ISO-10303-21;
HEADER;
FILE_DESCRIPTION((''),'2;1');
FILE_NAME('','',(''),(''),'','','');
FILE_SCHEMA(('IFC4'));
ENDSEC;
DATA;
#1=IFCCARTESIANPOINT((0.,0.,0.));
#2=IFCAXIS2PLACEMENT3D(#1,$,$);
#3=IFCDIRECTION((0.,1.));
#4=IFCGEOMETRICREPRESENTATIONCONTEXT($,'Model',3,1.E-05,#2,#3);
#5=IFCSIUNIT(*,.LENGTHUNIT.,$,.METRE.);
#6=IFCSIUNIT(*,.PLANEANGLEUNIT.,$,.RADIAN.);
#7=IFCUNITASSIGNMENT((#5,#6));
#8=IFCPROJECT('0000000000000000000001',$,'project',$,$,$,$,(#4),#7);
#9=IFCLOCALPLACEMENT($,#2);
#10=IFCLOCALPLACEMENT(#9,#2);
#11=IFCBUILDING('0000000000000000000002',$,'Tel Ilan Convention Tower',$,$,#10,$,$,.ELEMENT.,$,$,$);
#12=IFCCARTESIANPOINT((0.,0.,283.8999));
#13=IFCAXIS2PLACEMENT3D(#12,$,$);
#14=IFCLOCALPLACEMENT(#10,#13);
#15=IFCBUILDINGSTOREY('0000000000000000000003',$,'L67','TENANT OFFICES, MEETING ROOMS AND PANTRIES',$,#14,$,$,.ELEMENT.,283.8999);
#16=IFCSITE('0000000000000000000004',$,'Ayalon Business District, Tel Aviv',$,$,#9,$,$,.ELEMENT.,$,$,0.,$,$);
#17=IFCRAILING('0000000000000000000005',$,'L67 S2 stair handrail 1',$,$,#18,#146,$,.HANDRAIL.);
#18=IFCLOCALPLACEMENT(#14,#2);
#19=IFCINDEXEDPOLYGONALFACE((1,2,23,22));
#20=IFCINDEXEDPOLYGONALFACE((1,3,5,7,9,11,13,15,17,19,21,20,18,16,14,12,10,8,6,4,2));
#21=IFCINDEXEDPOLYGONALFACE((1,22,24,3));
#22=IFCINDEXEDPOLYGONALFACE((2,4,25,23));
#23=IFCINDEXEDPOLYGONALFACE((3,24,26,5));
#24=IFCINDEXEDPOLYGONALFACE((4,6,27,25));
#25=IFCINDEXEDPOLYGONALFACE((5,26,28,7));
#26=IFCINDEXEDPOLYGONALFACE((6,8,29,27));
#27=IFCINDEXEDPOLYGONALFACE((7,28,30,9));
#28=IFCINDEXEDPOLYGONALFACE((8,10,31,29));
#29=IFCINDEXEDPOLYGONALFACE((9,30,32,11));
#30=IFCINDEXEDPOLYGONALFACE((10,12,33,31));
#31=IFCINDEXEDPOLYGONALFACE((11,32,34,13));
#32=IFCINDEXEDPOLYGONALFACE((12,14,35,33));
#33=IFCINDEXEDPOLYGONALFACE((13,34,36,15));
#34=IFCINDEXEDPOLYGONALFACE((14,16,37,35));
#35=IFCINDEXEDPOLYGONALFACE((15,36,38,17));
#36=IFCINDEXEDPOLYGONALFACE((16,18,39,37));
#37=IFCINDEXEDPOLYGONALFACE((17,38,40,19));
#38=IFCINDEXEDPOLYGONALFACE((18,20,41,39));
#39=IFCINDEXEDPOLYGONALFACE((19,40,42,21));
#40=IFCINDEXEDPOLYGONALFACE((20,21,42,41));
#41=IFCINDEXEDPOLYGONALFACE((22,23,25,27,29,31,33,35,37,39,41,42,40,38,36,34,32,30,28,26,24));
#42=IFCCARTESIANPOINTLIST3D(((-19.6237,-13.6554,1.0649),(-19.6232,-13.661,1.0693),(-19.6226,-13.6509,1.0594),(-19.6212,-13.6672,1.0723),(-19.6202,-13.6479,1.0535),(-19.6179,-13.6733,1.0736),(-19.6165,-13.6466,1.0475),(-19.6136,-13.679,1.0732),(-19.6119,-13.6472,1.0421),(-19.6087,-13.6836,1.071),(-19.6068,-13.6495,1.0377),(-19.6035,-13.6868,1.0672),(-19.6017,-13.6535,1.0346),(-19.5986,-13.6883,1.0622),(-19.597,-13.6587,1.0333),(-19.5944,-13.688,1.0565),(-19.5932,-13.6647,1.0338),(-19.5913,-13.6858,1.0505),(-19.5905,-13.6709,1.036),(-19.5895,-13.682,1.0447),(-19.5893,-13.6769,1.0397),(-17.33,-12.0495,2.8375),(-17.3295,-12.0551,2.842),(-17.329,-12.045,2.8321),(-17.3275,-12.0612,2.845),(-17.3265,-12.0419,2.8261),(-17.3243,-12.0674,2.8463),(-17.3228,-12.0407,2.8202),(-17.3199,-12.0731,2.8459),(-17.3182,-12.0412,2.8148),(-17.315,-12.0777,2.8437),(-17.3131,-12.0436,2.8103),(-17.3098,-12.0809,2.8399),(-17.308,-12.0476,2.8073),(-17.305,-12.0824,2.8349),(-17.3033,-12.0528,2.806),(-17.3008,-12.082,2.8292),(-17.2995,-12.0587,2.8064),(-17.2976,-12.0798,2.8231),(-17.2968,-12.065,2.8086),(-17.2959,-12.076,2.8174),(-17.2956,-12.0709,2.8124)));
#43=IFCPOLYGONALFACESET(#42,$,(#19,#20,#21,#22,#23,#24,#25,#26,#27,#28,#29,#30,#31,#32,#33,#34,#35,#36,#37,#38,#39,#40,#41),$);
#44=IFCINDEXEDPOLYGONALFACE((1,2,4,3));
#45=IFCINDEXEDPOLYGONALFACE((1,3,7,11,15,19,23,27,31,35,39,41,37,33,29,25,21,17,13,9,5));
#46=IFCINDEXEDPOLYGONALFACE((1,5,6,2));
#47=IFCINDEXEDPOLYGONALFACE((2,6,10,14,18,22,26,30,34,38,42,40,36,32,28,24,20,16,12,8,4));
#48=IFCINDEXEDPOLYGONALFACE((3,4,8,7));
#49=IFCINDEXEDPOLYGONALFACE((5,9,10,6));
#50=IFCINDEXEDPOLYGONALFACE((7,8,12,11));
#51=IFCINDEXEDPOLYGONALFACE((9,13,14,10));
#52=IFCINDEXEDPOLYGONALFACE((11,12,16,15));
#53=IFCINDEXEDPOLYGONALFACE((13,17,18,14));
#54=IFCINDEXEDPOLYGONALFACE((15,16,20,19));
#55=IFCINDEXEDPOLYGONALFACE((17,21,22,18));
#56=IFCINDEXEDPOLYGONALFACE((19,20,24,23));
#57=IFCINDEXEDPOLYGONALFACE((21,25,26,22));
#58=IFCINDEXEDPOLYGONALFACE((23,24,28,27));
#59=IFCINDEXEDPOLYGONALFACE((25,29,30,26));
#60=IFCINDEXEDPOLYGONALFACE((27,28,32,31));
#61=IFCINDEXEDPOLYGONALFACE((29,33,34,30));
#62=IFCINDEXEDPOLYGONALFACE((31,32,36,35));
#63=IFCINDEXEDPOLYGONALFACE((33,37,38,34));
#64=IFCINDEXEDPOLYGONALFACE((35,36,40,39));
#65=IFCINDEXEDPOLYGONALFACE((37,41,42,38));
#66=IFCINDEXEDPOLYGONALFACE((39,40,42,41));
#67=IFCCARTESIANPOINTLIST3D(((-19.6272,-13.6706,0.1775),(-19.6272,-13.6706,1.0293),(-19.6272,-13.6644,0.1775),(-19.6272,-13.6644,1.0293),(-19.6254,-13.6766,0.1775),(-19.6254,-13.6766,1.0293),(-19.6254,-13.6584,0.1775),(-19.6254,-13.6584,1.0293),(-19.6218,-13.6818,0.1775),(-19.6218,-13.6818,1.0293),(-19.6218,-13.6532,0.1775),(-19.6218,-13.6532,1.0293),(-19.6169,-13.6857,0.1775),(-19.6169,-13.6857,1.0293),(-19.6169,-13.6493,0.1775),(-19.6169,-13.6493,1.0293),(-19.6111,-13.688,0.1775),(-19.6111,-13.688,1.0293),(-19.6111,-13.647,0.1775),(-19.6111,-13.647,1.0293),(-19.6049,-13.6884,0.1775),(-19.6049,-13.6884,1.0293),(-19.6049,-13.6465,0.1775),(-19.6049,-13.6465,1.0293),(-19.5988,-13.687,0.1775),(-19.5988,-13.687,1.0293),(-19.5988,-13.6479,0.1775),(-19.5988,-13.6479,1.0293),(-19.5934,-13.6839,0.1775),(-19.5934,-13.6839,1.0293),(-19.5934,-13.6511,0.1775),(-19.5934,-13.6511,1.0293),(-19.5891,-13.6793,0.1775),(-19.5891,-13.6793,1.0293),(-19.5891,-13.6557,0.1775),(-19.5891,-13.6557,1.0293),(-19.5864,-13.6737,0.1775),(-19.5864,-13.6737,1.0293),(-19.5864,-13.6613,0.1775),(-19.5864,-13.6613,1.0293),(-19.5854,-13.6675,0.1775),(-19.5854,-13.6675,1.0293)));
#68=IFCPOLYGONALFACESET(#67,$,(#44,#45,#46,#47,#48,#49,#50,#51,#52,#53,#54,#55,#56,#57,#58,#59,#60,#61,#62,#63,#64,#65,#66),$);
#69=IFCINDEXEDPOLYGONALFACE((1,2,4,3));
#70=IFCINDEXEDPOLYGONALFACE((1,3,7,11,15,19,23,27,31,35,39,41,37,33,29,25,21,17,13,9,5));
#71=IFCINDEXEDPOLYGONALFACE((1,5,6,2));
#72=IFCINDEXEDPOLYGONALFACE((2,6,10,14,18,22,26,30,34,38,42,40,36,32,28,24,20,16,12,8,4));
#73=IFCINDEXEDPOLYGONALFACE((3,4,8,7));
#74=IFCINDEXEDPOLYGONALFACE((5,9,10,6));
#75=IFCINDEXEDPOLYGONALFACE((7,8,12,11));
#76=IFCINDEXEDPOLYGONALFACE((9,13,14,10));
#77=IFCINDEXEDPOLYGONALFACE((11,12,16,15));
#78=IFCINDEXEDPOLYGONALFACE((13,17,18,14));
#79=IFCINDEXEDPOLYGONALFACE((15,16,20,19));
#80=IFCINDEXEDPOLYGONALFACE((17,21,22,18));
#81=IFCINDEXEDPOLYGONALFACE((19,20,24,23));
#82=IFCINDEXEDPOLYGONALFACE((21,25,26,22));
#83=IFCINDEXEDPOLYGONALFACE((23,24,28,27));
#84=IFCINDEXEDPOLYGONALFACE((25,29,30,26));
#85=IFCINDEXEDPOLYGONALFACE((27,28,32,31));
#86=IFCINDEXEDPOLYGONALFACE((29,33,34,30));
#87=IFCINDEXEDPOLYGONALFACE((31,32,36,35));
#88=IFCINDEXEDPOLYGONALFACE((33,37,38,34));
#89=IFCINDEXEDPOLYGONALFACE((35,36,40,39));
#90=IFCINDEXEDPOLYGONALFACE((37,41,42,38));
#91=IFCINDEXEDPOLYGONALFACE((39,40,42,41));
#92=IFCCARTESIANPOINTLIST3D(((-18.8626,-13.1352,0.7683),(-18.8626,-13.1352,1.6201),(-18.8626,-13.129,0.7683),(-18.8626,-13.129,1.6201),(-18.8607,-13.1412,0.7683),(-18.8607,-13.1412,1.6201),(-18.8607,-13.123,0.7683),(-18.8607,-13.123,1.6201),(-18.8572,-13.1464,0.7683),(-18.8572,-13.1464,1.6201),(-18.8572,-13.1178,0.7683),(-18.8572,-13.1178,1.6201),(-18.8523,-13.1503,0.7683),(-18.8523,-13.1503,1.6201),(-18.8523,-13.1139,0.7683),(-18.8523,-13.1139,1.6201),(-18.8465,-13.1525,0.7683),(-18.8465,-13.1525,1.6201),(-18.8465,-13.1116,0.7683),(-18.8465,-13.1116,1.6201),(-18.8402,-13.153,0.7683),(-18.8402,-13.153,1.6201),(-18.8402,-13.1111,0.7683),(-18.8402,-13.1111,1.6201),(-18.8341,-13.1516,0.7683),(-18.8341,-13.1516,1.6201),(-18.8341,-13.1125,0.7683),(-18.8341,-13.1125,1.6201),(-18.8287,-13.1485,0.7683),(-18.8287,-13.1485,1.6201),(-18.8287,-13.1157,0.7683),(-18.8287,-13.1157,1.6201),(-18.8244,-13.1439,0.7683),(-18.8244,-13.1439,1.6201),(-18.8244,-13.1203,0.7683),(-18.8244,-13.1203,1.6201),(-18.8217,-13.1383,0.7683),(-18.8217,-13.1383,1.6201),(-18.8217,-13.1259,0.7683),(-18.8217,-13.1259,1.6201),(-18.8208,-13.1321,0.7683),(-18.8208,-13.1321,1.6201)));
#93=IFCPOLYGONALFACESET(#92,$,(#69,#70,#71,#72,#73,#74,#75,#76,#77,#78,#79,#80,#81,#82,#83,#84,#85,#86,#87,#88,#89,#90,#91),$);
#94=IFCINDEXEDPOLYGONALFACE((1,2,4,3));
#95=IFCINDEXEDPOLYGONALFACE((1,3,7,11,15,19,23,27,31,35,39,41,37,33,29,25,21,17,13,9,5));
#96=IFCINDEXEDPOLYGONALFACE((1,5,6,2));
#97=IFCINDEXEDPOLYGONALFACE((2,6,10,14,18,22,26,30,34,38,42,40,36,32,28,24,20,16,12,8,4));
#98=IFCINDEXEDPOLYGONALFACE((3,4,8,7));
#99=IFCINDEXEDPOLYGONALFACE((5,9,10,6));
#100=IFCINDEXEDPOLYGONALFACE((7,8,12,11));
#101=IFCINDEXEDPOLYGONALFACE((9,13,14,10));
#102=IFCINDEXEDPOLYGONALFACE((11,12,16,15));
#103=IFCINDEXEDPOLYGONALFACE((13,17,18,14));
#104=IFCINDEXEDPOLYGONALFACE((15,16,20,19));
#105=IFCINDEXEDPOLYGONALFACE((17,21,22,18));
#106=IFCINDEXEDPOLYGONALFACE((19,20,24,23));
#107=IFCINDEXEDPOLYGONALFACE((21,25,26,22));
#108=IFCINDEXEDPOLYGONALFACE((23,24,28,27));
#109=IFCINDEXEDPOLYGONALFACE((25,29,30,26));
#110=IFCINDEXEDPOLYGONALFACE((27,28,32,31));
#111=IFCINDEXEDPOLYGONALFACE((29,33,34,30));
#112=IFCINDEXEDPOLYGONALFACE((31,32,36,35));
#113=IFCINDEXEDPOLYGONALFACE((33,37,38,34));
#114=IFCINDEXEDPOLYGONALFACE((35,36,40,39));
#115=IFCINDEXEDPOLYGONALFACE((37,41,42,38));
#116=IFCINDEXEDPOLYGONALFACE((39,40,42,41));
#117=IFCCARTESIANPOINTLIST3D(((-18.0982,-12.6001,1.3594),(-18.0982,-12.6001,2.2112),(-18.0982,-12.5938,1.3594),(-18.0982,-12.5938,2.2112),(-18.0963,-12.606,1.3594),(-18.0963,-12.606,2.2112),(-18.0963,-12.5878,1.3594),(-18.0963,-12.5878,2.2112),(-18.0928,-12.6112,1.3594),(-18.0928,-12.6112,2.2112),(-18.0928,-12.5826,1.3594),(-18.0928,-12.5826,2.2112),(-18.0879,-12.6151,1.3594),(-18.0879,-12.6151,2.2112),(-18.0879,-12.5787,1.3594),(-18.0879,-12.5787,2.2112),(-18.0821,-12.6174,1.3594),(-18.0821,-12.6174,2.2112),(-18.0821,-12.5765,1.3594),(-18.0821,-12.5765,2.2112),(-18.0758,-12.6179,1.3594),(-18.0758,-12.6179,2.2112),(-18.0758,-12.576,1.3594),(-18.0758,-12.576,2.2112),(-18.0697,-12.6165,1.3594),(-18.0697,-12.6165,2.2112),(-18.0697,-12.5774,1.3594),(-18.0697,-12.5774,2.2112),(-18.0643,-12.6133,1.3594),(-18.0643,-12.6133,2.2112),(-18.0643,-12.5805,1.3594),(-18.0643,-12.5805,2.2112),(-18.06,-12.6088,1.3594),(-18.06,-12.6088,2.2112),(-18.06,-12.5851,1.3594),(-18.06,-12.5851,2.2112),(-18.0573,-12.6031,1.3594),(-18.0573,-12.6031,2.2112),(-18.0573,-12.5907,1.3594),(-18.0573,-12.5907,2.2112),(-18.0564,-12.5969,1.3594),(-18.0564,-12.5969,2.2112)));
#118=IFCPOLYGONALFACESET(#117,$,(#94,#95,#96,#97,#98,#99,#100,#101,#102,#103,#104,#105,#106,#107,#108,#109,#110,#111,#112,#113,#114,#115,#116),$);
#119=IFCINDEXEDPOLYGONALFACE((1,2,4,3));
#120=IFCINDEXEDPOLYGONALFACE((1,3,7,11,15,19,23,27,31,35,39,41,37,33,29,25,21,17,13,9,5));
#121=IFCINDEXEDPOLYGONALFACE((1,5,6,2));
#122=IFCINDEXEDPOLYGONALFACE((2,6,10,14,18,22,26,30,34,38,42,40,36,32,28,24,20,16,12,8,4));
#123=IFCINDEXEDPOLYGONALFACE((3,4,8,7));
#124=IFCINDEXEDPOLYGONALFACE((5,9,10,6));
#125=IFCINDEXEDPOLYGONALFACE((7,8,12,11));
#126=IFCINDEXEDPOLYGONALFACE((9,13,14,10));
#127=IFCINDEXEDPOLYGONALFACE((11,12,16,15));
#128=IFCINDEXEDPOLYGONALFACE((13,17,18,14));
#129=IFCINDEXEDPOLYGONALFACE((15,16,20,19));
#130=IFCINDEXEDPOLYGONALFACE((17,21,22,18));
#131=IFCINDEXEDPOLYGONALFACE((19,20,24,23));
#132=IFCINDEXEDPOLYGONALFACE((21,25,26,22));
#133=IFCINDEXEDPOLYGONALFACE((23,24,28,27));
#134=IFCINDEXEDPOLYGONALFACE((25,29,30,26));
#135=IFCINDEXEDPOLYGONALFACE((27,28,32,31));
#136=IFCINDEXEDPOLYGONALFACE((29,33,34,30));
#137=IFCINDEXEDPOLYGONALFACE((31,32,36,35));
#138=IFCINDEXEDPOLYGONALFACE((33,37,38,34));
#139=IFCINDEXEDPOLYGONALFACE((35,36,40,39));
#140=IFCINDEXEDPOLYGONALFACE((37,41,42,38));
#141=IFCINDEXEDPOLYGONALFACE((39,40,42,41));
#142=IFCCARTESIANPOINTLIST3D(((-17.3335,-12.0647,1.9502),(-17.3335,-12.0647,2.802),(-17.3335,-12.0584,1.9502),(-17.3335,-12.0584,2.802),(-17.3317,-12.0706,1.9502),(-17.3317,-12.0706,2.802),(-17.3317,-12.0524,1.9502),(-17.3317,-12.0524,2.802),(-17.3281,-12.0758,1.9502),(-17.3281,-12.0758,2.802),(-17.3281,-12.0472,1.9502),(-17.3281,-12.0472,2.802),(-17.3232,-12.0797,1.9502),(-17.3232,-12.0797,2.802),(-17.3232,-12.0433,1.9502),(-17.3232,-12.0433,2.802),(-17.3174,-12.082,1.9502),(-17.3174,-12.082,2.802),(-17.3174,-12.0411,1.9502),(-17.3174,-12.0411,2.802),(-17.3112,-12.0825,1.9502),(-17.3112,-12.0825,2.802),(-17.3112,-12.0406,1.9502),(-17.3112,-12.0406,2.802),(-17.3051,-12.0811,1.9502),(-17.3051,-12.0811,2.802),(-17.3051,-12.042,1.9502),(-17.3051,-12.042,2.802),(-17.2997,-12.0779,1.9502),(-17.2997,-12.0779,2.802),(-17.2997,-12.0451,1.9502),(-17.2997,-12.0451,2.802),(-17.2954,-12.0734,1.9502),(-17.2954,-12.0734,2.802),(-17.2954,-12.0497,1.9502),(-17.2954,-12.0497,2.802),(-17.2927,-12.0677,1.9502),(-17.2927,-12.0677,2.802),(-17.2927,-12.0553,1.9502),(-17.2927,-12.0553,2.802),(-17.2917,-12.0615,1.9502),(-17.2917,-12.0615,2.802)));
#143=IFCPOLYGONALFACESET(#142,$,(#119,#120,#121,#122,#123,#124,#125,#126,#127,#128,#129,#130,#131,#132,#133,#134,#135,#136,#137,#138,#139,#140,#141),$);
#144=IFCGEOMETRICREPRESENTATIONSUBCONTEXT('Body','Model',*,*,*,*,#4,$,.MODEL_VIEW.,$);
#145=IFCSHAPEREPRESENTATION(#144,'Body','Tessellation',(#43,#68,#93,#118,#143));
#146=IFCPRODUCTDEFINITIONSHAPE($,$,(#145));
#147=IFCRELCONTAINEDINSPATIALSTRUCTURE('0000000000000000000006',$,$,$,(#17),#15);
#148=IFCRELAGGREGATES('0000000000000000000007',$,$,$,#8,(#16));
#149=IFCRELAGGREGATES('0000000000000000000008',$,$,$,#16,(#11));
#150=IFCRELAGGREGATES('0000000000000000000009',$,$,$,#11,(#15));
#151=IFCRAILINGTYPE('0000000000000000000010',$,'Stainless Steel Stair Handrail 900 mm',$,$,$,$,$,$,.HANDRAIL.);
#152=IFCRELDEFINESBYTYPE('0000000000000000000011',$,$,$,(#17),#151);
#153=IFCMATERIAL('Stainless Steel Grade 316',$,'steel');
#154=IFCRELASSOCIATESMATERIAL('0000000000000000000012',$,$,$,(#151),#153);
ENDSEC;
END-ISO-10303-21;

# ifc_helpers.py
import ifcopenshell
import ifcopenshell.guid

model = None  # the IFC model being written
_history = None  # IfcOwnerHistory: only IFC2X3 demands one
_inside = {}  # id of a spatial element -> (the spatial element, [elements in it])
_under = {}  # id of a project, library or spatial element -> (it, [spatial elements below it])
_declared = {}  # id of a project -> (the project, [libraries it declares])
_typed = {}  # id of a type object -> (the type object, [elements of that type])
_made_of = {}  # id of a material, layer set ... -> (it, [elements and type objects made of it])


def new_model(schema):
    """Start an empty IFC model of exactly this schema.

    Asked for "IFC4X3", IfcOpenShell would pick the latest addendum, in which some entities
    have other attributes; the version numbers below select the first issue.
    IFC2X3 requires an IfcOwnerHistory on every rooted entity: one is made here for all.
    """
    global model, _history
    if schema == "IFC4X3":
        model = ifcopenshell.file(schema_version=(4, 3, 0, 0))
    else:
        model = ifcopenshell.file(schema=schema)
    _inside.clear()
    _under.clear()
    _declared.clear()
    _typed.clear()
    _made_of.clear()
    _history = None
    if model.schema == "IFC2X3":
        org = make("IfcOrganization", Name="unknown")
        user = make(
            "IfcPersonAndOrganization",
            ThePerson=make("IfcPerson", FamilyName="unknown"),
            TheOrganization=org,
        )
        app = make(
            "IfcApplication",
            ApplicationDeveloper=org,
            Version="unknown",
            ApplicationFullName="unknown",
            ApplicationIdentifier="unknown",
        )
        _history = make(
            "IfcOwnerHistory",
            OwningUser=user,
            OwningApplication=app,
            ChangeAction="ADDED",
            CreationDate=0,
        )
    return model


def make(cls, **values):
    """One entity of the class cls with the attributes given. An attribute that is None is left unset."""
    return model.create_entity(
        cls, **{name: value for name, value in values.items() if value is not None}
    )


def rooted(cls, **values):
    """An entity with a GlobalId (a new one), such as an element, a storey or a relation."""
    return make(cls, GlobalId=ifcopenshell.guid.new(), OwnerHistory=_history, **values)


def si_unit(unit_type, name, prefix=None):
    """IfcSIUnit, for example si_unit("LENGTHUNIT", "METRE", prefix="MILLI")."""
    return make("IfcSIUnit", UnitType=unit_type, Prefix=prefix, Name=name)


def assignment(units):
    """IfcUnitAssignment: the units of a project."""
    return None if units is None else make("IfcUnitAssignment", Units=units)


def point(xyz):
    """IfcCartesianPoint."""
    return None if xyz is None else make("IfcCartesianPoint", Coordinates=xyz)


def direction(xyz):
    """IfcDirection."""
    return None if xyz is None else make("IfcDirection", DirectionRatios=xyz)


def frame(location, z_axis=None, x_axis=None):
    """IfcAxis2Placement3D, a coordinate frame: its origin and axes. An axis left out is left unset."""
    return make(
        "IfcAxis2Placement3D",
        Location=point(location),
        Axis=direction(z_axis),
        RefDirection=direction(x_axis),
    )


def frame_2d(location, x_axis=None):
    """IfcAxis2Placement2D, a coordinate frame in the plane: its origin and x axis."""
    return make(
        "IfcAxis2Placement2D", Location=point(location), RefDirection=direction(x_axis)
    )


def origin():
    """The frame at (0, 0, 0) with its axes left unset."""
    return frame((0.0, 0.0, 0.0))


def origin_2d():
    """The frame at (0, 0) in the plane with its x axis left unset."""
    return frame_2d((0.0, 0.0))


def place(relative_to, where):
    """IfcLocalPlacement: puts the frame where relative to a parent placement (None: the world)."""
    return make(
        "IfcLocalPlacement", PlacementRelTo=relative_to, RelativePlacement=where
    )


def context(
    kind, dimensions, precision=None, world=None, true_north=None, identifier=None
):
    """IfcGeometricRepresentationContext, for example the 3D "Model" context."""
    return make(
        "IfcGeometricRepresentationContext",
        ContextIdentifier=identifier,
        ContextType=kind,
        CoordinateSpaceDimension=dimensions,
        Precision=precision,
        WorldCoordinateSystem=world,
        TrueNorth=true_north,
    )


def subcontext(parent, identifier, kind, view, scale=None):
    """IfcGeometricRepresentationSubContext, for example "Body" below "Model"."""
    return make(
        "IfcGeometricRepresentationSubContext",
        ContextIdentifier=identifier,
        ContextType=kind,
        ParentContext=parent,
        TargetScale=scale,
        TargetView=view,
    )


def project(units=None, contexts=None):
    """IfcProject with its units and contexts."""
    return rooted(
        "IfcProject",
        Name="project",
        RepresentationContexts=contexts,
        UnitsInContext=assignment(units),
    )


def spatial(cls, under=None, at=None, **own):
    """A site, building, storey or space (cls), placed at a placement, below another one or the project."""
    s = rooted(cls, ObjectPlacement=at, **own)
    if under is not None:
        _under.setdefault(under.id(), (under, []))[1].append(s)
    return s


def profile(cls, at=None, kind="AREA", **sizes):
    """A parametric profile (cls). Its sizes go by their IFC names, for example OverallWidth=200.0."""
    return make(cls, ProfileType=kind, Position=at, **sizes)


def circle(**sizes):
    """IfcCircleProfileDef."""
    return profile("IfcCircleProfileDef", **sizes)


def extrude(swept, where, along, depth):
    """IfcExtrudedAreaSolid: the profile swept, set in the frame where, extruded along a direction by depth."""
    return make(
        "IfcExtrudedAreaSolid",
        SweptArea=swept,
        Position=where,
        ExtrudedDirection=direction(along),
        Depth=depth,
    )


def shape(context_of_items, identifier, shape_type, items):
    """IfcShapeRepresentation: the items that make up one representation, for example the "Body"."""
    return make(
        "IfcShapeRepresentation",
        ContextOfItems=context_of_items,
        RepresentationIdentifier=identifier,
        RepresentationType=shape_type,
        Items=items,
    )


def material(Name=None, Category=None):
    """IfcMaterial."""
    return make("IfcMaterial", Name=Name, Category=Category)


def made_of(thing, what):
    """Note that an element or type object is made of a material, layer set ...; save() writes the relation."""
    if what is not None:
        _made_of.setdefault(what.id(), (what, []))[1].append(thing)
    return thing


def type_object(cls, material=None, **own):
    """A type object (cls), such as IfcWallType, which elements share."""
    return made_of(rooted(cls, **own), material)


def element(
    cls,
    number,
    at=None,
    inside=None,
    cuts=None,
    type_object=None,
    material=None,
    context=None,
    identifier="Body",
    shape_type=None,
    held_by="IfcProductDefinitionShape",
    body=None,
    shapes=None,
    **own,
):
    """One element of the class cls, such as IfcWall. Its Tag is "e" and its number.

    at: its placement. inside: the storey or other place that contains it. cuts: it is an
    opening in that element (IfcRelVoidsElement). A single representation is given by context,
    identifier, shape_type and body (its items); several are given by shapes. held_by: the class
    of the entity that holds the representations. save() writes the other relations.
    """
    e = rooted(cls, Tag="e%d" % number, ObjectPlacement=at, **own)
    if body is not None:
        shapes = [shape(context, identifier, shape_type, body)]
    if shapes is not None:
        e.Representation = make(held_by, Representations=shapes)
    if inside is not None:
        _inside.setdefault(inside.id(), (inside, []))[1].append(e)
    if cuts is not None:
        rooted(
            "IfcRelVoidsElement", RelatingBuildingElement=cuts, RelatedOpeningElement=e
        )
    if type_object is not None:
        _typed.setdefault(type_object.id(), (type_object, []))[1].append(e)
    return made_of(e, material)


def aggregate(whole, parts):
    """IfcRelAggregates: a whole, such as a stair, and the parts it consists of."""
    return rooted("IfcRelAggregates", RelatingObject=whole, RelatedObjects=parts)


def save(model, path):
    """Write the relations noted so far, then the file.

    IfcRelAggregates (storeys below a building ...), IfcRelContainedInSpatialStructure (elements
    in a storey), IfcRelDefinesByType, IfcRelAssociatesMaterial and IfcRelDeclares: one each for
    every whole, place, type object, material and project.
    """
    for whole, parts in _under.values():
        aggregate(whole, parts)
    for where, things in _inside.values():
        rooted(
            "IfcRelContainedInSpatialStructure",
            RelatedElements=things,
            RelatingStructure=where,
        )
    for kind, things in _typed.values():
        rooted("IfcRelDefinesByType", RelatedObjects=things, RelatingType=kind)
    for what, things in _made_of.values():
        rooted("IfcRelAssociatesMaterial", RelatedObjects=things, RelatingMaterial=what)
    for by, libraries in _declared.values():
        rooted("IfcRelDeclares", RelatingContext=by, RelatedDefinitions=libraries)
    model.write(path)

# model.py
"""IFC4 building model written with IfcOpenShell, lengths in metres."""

from ifc_helpers import new_model, si_unit, direction, frame, origin, origin_2d, place, context, subcontext, project, spatial, circle, extrude, material, type_object, element, save


model = new_model("IFC4")

# Units and contexts
model_context = context("Model", 3, precision=1e-05, world=origin(), true_north=direction((0.0, 1.0)))
body_context = subcontext(model_context, "Body", "Model", "MODEL_VIEW")
ifc_project = project(units=[si_unit("LENGTHUNIT", "METRE"), si_unit("PLANEANGLEUNIT", "RADIAN")], contexts=[model_context])

# Site, building, storey
site_placement = place(None, origin())
site = spatial("IfcSite", under=ifc_project, at=site_placement, Name="Ayalon Business District, Tel Aviv", CompositionType="ELEMENT", RefElevation=0.0)
building_placement = place(site_placement, origin())
building = spatial("IfcBuilding", under=site, at=building_placement, Name="Tel Ilan Convention Tower", CompositionType="ELEMENT")
storey_placement = place(building_placement, frame((0.0, 0.0, 283.8999)))
storey = spatial("IfcBuildingStorey", under=building, at=storey_placement, Name="L67", Description="TENANT OFFICES, MEETING ROOMS AND PANTRIES", CompositionType="ELEMENT", Elevation=283.8999)

# Railing
ifc_material_1 = material(Name="Stainless Steel Grade 316", Category="steel")
railing_type = type_object("IfcRailingType", Name="Stainless Steel Stair Handrail 900 mm", PredefinedType="HANDRAIL", material=ifc_material_1)
railing_placement = place(storey_placement, frame((-19.6064, -13.6675, 0.1775)))
element("IfcRailing", 1, at=railing_placement, inside=storey, type_object=railing_type, Name="L67 S2 stair handrail 1", PredefinedType="HANDRAIL", context=body_context, shape_type="SweptSolid", body=[
    extrude(circle(Radius=0.0239, at=origin_2d()), frame((0.0, 0.0, 0.876), z_axis=(0.692123, 0.484597, 0.534913), x_axis=(-0.57355, 0.81917, 0.0)), (0.0, 0.0, 1.0), 3.314),
    extrude(circle(Radius=0.021, at=origin_2d()), origin(), (0.0, 0.0, 1.0), 0.8518),
    extrude(circle(Radius=0.021, at=origin_2d()), frame((0.7646, 0.5354, 0.5908)), (0.0, 0.0, 1.0), 0.8518),
    extrude(circle(Radius=0.021, at=origin_2d()), frame((1.5291, 1.0706, 1.1819)), (0.0, 0.0, 1.0), 0.8518),
    extrude(circle(Radius=0.021, at=origin_2d()), frame((2.2937, 1.606, 1.7727)), (0.0, 0.0, 1.0), 0.8518),
])

save(model, "model.ifc")
